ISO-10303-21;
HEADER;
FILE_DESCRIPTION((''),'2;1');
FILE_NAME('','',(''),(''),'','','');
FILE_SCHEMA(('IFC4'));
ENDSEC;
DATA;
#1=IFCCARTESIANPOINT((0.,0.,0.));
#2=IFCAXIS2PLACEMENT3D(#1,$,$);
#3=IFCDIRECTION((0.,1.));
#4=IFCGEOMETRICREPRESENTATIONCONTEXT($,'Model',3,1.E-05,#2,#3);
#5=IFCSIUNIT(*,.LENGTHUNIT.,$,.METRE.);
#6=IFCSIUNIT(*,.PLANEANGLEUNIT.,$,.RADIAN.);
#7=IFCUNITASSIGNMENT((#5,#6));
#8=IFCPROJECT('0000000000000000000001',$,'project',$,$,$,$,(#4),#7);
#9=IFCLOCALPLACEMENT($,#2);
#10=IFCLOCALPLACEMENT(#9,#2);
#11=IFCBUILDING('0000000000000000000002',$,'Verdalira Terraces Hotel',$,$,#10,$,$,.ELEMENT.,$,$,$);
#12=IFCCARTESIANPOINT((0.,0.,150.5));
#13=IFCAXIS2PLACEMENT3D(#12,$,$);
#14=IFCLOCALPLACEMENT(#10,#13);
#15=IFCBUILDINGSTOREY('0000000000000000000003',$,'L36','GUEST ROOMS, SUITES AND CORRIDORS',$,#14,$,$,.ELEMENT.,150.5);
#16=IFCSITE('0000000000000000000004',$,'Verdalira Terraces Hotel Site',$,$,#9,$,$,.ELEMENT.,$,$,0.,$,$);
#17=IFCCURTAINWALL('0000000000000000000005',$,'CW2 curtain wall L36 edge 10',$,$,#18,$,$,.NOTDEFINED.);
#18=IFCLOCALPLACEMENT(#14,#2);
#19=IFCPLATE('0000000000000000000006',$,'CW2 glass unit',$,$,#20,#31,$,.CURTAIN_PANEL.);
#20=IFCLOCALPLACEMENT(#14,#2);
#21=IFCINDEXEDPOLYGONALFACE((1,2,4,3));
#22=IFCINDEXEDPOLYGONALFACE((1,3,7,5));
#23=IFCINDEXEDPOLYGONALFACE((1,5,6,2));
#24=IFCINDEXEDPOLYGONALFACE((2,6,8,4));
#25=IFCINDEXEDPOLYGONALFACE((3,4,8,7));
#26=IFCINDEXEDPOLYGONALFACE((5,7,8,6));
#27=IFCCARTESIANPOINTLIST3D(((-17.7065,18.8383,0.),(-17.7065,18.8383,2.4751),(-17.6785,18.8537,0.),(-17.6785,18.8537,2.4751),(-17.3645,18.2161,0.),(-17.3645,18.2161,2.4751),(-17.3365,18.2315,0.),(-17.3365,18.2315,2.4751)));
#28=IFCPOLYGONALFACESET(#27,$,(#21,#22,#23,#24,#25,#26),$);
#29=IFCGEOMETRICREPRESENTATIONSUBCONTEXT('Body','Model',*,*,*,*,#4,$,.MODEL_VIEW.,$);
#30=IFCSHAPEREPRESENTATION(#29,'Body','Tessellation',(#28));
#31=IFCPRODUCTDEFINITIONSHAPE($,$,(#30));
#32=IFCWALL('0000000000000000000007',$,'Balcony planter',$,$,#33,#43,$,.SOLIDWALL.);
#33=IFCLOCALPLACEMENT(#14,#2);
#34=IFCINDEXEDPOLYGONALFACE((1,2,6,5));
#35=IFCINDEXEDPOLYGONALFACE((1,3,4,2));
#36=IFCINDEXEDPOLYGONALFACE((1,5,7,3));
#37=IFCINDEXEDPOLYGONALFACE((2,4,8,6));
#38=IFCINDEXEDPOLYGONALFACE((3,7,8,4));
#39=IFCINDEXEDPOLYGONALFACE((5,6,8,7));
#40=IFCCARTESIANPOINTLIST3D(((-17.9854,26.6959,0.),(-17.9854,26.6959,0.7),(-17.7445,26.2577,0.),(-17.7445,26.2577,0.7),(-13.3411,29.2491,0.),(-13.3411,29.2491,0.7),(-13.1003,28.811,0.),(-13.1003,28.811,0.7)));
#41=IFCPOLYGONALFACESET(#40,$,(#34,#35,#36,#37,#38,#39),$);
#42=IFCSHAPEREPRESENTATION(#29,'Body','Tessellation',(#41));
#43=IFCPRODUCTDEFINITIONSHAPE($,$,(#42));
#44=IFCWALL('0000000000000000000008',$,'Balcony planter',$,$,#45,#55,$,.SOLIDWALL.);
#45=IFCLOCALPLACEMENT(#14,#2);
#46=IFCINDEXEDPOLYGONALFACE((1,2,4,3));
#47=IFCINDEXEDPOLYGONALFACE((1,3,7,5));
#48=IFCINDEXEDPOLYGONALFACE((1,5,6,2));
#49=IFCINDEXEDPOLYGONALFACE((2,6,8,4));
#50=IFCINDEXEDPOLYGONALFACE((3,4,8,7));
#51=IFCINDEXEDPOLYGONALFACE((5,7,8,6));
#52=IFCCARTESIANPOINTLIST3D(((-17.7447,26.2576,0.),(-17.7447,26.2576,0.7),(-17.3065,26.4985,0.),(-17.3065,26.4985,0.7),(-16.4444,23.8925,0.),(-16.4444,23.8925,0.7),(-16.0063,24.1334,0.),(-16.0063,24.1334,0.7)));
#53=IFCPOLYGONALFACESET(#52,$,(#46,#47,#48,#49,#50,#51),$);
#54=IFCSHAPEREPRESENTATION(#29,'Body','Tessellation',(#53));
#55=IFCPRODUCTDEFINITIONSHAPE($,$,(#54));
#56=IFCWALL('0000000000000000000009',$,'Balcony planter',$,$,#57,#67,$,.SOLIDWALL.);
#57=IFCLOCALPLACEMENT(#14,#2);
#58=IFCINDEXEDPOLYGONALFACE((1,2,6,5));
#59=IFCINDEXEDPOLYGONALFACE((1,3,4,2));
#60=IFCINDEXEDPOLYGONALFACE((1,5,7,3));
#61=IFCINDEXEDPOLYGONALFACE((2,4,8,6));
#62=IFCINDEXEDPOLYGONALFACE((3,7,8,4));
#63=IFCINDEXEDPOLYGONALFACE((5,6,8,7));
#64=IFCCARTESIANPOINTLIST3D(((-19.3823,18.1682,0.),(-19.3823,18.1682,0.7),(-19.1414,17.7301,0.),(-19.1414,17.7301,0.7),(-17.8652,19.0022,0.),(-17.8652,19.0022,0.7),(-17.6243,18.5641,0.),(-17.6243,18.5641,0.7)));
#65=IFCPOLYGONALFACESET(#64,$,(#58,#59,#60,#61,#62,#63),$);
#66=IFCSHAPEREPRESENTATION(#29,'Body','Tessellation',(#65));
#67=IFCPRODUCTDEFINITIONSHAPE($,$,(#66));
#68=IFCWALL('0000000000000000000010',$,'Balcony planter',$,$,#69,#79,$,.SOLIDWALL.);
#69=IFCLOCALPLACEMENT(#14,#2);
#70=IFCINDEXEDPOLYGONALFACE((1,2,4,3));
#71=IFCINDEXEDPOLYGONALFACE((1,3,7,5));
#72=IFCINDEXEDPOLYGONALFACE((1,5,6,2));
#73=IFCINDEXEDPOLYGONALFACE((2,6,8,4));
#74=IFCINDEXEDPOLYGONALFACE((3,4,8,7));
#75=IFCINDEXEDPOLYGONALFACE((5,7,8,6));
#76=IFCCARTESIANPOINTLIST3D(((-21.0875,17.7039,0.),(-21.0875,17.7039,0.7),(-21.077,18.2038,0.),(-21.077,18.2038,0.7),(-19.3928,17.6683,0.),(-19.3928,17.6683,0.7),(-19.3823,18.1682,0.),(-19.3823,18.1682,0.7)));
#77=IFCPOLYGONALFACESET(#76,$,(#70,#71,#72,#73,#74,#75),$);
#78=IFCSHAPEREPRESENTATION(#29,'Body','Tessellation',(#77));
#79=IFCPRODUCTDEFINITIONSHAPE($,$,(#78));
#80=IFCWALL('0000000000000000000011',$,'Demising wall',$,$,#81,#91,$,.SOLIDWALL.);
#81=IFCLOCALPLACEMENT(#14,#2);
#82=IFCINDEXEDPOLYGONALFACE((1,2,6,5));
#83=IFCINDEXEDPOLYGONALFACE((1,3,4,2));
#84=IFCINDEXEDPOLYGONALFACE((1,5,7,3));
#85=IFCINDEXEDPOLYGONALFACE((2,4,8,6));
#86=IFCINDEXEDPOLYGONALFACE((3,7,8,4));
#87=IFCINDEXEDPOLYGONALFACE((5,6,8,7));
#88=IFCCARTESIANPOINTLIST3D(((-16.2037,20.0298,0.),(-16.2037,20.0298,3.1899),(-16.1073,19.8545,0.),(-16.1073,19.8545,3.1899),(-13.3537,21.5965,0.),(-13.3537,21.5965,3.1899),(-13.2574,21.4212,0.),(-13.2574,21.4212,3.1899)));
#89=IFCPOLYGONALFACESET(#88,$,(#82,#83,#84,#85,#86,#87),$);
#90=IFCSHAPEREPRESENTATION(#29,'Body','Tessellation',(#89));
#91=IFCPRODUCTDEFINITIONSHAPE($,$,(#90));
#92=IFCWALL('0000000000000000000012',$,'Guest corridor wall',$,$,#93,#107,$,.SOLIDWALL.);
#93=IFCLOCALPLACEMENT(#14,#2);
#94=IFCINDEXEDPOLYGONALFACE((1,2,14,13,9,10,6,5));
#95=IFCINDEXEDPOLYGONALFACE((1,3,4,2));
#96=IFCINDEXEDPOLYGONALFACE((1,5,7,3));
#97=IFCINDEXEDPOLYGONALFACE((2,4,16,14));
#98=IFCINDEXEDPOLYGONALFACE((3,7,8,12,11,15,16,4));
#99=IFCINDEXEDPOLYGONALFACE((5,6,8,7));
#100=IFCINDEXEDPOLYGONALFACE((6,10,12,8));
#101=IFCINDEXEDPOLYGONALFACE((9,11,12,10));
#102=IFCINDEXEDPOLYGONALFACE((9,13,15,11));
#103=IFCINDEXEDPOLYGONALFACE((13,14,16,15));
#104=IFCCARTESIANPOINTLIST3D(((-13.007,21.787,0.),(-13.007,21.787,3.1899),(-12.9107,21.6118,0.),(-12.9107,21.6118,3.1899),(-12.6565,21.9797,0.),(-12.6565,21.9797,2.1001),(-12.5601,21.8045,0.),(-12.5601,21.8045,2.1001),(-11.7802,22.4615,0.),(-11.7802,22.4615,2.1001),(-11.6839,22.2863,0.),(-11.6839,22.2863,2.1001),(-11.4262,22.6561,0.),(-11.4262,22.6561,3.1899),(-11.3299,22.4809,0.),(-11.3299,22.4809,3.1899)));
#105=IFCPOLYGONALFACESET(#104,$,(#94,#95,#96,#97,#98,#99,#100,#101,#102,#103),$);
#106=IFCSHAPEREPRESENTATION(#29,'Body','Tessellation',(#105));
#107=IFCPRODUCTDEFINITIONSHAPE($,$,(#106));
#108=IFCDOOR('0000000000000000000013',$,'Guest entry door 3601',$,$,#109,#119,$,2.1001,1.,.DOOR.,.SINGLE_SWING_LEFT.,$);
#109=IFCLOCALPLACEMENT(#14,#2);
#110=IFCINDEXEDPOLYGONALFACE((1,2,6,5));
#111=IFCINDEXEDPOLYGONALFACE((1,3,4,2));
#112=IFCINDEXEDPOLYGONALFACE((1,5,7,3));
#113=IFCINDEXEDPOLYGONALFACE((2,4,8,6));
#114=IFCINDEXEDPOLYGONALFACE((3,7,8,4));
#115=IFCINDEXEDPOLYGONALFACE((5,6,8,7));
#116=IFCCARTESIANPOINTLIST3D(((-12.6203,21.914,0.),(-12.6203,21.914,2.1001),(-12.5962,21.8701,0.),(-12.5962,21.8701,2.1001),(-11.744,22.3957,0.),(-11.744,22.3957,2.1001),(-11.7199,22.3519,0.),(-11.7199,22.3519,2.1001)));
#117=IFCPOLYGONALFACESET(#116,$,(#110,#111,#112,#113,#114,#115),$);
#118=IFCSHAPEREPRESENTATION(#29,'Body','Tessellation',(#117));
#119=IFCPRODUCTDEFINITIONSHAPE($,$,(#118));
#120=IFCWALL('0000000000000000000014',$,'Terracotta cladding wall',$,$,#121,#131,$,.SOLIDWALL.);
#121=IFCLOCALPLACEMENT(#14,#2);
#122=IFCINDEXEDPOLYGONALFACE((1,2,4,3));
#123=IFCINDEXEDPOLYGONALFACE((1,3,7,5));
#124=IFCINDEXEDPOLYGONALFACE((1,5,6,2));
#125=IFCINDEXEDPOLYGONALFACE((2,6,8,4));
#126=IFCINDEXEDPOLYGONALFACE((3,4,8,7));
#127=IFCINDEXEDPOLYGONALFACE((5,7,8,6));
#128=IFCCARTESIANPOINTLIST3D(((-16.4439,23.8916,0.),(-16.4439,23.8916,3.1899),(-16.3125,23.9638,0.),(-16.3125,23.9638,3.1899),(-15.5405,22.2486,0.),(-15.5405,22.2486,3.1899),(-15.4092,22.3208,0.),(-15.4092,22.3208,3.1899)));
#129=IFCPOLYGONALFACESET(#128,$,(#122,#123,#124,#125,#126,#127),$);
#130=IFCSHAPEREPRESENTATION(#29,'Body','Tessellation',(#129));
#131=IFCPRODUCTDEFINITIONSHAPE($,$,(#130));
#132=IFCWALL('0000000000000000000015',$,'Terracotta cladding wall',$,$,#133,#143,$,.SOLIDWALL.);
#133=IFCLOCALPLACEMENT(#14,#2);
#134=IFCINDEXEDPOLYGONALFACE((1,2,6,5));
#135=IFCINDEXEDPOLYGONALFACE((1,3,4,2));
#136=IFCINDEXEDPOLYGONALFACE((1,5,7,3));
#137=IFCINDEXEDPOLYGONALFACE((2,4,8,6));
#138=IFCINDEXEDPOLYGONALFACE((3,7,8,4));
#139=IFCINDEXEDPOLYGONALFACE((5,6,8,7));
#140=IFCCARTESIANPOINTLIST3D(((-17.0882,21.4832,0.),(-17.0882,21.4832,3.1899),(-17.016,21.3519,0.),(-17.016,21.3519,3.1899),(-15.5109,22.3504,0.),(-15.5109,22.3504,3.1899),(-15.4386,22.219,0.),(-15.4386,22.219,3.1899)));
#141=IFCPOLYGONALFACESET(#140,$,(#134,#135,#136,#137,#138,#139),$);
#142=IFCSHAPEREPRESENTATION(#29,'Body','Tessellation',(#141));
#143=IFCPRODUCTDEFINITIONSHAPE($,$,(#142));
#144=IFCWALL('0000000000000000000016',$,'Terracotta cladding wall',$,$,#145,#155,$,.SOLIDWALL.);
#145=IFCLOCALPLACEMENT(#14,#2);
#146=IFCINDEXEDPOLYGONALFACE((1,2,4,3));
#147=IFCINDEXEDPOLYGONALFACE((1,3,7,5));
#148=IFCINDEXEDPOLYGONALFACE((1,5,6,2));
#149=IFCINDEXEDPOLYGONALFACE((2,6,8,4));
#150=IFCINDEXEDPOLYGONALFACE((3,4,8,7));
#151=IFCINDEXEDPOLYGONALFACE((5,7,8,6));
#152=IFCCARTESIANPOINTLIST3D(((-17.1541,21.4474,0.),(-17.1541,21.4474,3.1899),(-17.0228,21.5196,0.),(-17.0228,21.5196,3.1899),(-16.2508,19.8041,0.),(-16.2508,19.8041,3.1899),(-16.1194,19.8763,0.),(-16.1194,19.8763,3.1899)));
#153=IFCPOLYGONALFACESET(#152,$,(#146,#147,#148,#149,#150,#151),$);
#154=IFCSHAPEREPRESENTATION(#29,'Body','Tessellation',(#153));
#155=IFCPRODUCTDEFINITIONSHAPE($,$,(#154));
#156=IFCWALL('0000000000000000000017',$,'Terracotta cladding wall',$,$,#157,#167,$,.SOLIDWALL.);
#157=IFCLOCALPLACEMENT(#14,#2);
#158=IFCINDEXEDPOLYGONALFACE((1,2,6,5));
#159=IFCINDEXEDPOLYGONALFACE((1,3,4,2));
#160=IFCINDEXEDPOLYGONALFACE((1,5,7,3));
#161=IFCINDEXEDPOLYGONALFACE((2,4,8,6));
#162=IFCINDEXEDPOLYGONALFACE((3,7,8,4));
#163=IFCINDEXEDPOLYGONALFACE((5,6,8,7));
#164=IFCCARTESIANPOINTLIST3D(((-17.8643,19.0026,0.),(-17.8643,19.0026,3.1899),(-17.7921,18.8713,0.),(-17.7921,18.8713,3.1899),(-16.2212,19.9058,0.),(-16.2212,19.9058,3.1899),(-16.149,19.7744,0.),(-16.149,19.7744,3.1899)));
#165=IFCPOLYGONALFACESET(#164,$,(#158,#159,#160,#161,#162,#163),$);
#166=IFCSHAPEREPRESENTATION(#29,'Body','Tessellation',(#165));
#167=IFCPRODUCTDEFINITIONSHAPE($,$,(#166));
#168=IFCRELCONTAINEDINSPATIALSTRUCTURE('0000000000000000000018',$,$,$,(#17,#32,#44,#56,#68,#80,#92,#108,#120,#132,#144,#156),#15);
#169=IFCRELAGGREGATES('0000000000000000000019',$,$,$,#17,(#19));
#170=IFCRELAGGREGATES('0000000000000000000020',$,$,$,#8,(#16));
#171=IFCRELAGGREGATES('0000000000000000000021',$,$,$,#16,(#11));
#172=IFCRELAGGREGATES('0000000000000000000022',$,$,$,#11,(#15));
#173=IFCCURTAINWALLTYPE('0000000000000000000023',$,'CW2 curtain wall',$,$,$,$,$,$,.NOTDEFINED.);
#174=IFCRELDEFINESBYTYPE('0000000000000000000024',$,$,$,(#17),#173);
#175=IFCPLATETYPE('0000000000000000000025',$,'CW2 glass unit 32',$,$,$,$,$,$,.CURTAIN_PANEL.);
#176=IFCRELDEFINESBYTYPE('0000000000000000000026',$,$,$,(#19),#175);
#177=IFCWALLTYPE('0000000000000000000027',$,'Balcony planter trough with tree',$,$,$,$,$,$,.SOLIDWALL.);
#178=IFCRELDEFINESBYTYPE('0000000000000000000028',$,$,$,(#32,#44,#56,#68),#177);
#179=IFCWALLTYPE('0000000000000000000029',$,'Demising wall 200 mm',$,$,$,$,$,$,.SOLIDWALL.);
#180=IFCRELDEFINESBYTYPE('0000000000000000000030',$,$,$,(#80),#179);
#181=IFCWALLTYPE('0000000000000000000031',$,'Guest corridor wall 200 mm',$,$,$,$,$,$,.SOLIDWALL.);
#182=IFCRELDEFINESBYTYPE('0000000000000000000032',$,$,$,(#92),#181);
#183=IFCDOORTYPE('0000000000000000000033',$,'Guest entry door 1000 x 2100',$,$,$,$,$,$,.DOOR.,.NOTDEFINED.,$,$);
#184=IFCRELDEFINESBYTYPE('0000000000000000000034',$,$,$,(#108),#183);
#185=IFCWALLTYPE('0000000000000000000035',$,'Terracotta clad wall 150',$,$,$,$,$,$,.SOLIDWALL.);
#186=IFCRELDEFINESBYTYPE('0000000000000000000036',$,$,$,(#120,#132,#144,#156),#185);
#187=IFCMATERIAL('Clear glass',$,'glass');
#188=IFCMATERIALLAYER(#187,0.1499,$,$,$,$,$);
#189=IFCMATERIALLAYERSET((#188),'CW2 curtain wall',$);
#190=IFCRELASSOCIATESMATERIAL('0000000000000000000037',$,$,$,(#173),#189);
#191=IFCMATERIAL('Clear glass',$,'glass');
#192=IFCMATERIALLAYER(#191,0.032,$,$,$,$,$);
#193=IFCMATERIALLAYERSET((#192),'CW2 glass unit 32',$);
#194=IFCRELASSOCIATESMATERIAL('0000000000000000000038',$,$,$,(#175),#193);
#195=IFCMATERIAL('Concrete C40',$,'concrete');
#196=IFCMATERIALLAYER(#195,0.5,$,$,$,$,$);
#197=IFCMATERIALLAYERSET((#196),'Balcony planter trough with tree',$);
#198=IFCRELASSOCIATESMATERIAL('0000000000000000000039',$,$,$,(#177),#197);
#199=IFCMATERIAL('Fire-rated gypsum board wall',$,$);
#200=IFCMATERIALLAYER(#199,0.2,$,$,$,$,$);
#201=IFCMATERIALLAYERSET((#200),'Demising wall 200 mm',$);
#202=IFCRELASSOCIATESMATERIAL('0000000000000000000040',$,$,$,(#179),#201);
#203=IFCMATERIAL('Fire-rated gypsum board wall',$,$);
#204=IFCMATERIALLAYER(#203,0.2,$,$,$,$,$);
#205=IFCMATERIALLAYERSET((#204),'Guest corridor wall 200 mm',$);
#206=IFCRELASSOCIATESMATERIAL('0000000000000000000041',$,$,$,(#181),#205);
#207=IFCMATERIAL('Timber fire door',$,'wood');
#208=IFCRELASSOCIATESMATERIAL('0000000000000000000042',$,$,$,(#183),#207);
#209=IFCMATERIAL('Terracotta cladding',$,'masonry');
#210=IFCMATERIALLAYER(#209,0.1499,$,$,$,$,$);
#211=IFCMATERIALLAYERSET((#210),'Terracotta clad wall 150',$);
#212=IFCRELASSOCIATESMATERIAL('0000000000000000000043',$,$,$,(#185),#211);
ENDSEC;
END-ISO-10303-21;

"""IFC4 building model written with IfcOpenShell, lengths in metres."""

from ifc_helpers import new_model, si_unit, direction, frame, frame_2d, origin, origin_2d, place, context, subcontext, project, spatial, rectangle, extrude, material, layer, layer_set, type_object, element, fill, aggregate, save


model = new_model("IFC4")

# Units and contexts
model_context = context("Model", 3, precision=1e-05, world=origin(), true_north=direction((0.0, 1.0)))
body_context = subcontext(model_context, "Body", "Model", "MODEL_VIEW")
ifc_project = project(units=[si_unit("LENGTHUNIT", "METRE"), si_unit("PLANEANGLEUNIT", "RADIAN")], contexts=[model_context])

# Site, building, storey
site_placement = place(None, origin())
site = spatial("IfcSite", under=ifc_project, at=site_placement, Name="Verdalira Terraces Hotel Site", CompositionType="ELEMENT", RefElevation=0.0)
building_placement = place(site_placement, origin())
building = spatial("IfcBuilding", under=site, at=building_placement, Name="Verdalira Terraces Hotel", CompositionType="ELEMENT")
storey_placement = place(building_placement, frame((0.0, 0.0, 150.5)))
storey = spatial("IfcBuildingStorey", under=building, at=storey_placement, Name="L36", Description="GUEST ROOMS, SUITES AND CORRIDORS", CompositionType="ELEMENT", Elevation=150.5)

# Curtain wall
ifc_material_1 = material(Name="Clear glass", Category="glass")
ifc_layer_1 = layer(ifc_material_1, 0.1499)
ifc_layer_set_1 = layer_set([ifc_layer_1], Name="CW2 curtain wall")
curtain_wall_type_1 = type_object("IfcCurtainWallType", Name="CW2 curtain wall", PredefinedType="NOTDEFINED", material=ifc_layer_set_1)
curtain_wall_1_placement = place(storey_placement, origin())
curtain_wall_1 = element("IfcCurtainWall", 1, at=curtain_wall_1_placement, inside=storey, type_object=curtain_wall_type_1, Name="CW2 curtain wall L36 edge 10", PredefinedType="NOTDEFINED")

# Plate
ifc_material_2 = material(Name="Clear glass", Category="glass")
ifc_layer_2 = layer(ifc_material_2, 0.032)
ifc_layer_set_2 = layer_set([ifc_layer_2], Name="CW2 glass unit 32")
plate_type = type_object("IfcPlateType", Name="CW2 glass unit 32", PredefinedType="CURTAIN_PANEL", material=ifc_layer_set_2)
plate_placement = place(storey_placement, frame((-17.5215, 18.5349, 0.0), z_axis=(0.0, 0.0, 1.0), x_axis=(0.481754, -0.876307, 0.0)))
plate = element("IfcPlate", 2, at=plate_placement, type_object=plate_type, Name="CW2 glass unit", PredefinedType="CURTAIN_PANEL", context=body_context, shape_type="SweptSolid", body=[
    extrude(rectangle(XDim=0.71, YDim=0.032, at=origin_2d()), origin(), (0.0, 0.0, 1.0), 2.4751),
])
aggregate(curtain_wall_1, [plate])

# Walls
ifc_material_3 = material(Name="Concrete C40", Category="concrete")
ifc_layer_3 = layer(ifc_material_3, 0.5)
ifc_layer_set_3 = layer_set([ifc_layer_3], Name="Balcony planter trough with tree")
wall_type_1 = type_object("IfcWallType", Name="Balcony planter trough with tree", PredefinedType="SOLIDWALL", material=ifc_layer_set_3)
wall_1_placement = place(storey_placement, frame((-13.2207, 29.03, 0.0), z_axis=(0.0, 0.0, 1.0), x_axis=(-0.876306, -0.481754, 0.0)))
element("IfcWall", 3, at=wall_1_placement, inside=storey, type_object=wall_type_1, Name="Balcony planter", PredefinedType="SOLIDWALL", context=body_context, shape_type="SweptSolid", body=[
    extrude(rectangle(XDim=5.2998, YDim=0.5, at=frame_2d((2.6499, 0.0))), origin(), (0.0, 0.0, 1.0), 0.7),
])
wall_2_placement = place(storey_placement, frame((-17.5256, 26.3782, 0.0), z_axis=(0.0, 0.0, 1.0), x_axis=(0.481752, -0.876308, 0.0)))
element("IfcWall", 4, at=wall_2_placement, inside=storey, type_object=wall_type_1, Name="Balcony planter", PredefinedType="SOLIDWALL", context=body_context, shape_type="SweptSolid", body=[
    extrude(rectangle(XDim=2.699, YDim=0.5, at=frame_2d((1.3496, 0.0))), origin(), (0.0, 0.0, 1.0), 0.7),
])
wall_3_placement = place(storey_placement, frame((-17.7446, 18.7832, 0.0), z_axis=(0.0, 0.0, 1.0), x_axis=(-0.876317, -0.481735, 0.0)))
element("IfcWall", 5, at=wall_3_placement, inside=storey, type_object=wall_type_1, Name="Balcony planter", PredefinedType="SOLIDWALL", context=body_context, shape_type="SweptSolid", body=[
    extrude(rectangle(XDim=1.7312, YDim=0.5, at=frame_2d((0.8657, 0.0))), origin(), (0.0, 0.0, 1.0), 0.7),
])
wall_4_placement = place(storey_placement, frame((-19.3875, 17.9182, 0.0), z_axis=(0.0, 0.0, 1.0), x_axis=(-0.999779, 0.02103, 0.0)))
element("IfcWall", 6, at=wall_4_placement, inside=storey, type_object=wall_type_1, Name="Balcony planter", PredefinedType="SOLIDWALL", context=body_context, shape_type="SweptSolid", body=[
    extrude(rectangle(XDim=1.6951, YDim=0.5, at=frame_2d((0.8477, 0.0))), origin(), (0.0, 0.0, 1.0), 0.7),
])
ifc_material_4 = material(Name="Fire-rated gypsum board wall")
ifc_layer_4 = layer(ifc_material_4, 0.2)
ifc_layer_set_4 = layer_set([ifc_layer_4], Name="Demising wall 200 mm")
wall_type_2 = type_object("IfcWallType", Name="Demising wall 200 mm", PredefinedType="SOLIDWALL", material=ifc_layer_set_4)
wall_5_placement = place(storey_placement, frame((-13.3057, 21.5088, 0.0), z_axis=(0.0, 0.0, 1.0), x_axis=(-0.876316, -0.481737, 0.0)))
element("IfcWall", 7, at=wall_5_placement, inside=storey, type_object=wall_type_2, Name="Demising wall", PredefinedType="SOLIDWALL", context=body_context, shape_type="SweptSolid", body=[
    extrude(rectangle(XDim=3.2522, YDim=0.2, at=frame_2d((1.626, 0.0))), origin(), (0.0, 0.0, 1.0), 3.1899),
])

# Wall, opening, door
ifc_material_5 = material(Name="Fire-rated gypsum board wall")
ifc_layer_5 = layer(ifc_material_5, 0.2)
ifc_layer_set_5 = layer_set([ifc_layer_5], Name="Guest corridor wall 200 mm")
wall_type_3 = type_object("IfcWallType", Name="Guest corridor wall 200 mm", PredefinedType="SOLIDWALL", material=ifc_layer_set_5)
wall_6_placement = place(storey_placement, frame((-12.9587, 21.6995, 0.0), z_axis=(0.0, 0.0, 1.0), x_axis=(0.876287, 0.481789, 0.0)))
wall_6 = element("IfcWall", 8, at=wall_6_placement, inside=storey, type_object=wall_type_3, Name="Guest corridor wall", PredefinedType="SOLIDWALL", context=body_context, shape_type="SweptSolid", body=[
    extrude(rectangle(XDim=1.804, YDim=0.2, at=frame_2d((0.9019, 0.0))), origin(), (0.0, 0.0, 1.0), 3.1899),
])
opening_1_placement = place(wall_6_placement, frame((0.3999, 0.0, 0.0)))
opening_1 = element("IfcOpeningElement", 9, at=opening_1_placement, cuts=wall_6, PredefinedType="OPENING", context=body_context, shape_type="SweptSolid", body=[
    extrude(rectangle(XDim=1.0, YDim=2.1001, at=frame_2d((0.5, 1.05))), frame((0.0, 0.1099, 0.0), z_axis=(0.0, -1.0, 0.0), x_axis=(1.0, 0.0, 0.0)), (0.0, 0.0, 1.0), 0.22),
])
ifc_material_6 = material(Name="Timber fire door", Category="wood")
door_type_1 = type_object("IfcDoorType", Name="Guest entry door 1000 x 2100", OperationType="NOTDEFINED", PredefinedType="DOOR", material=ifc_material_6)
door_1_placement = place(opening_1_placement, origin())
door_1 = element("IfcDoor", 10, at=door_1_placement, inside=storey, type_object=door_type_1, Name="Guest entry door 3601", OperationType="SINGLE_SWING_LEFT", OverallHeight=2.1001, OverallWidth=1.0, PredefinedType="DOOR", context=body_context, shape_type="SweptSolid", body=[
    extrude(rectangle(XDim=1.0, YDim=2.1001, at=frame_2d((0.5, 1.05))), frame((0.0, 0.0249, 0.0), z_axis=(0.0, -1.0, 0.0), x_axis=(1.0, 0.0, 0.0)), (0.0, 0.0, 1.0), 0.05),
])
fill(opening_1, door_1)

# Walls
ifc_material_7 = material(Name="Terracotta cladding", Category="masonry")
ifc_layer_6 = layer(ifc_material_7, 0.1499)
ifc_layer_set_6 = layer_set([ifc_layer_6], Name="Terracotta clad wall 150")
wall_type_4 = type_object("IfcWallType", Name="Terracotta clad wall 150", PredefinedType="SOLIDWALL", material=ifc_layer_set_6)
wall_7_placement = place(storey_placement, frame((-16.3782, 23.9277, 0.0), z_axis=(0.0, 0.0, 1.0), x_axis=(0.481769, -0.876298, 0.0)))
element("IfcWall", 11, at=wall_7_placement, inside=storey, type_object=wall_type_4, Name="Terracotta cladding wall", PredefinedType="SOLIDWALL", context=body_context, shape_type="SweptSolid", body=[
    extrude(rectangle(XDim=1.875, YDim=0.1499, at=frame_2d((0.9375, 0.0))), origin(), (0.0, 0.0, 1.0), 3.1899),
])
wall_8_placement = place(storey_placement, frame((-15.4749, 22.2847, 0.0), z_axis=(0.0, 0.0, 1.0), x_axis=(-0.876305, -0.481757, 0.0)))
element("IfcWall", 12, at=wall_8_placement, inside=storey, type_object=wall_type_4, Name="Terracotta cladding wall", PredefinedType="SOLIDWALL", context=body_context, shape_type="SweptSolid", body=[
    extrude(rectangle(XDim=1.8, YDim=0.1499, at=frame_2d((0.8999, 0.0))), origin(), (0.0, 0.0, 1.0), 3.1899),
])
wall_9_placement = place(storey_placement, frame((-17.0884, 21.4834, 0.0), z_axis=(0.0, 0.0, 1.0), x_axis=(0.481714, -0.876329, 0.0)))
element("IfcWall", 13, at=wall_9_placement, inside=storey, type_object=wall_type_4, Name="Terracotta cladding wall", PredefinedType="SOLIDWALL", context=body_context, shape_type="SweptSolid", body=[
    extrude(rectangle(XDim=1.8752, YDim=0.1499, at=frame_2d((0.9375, 0.0))), origin(), (0.0, 0.0, 1.0), 3.1899),
])
wall_10_placement = place(storey_placement, frame((-16.1851, 19.8401, 0.0), z_axis=(0.0, 0.0, 1.0), x_axis=(-0.876353, -0.481669, 0.0)))
element("IfcWall", 14, at=wall_10_placement, inside=storey, type_object=wall_type_4, Name="Terracotta cladding wall", PredefinedType="SOLIDWALL", context=body_context, shape_type="SweptSolid", body=[
    extrude(rectangle(XDim=1.875, YDim=0.1499, at=frame_2d((0.9375, 0.0))), origin(), (0.0, 0.0, 1.0), 3.1899),
])

save(model, "model.ifc")
